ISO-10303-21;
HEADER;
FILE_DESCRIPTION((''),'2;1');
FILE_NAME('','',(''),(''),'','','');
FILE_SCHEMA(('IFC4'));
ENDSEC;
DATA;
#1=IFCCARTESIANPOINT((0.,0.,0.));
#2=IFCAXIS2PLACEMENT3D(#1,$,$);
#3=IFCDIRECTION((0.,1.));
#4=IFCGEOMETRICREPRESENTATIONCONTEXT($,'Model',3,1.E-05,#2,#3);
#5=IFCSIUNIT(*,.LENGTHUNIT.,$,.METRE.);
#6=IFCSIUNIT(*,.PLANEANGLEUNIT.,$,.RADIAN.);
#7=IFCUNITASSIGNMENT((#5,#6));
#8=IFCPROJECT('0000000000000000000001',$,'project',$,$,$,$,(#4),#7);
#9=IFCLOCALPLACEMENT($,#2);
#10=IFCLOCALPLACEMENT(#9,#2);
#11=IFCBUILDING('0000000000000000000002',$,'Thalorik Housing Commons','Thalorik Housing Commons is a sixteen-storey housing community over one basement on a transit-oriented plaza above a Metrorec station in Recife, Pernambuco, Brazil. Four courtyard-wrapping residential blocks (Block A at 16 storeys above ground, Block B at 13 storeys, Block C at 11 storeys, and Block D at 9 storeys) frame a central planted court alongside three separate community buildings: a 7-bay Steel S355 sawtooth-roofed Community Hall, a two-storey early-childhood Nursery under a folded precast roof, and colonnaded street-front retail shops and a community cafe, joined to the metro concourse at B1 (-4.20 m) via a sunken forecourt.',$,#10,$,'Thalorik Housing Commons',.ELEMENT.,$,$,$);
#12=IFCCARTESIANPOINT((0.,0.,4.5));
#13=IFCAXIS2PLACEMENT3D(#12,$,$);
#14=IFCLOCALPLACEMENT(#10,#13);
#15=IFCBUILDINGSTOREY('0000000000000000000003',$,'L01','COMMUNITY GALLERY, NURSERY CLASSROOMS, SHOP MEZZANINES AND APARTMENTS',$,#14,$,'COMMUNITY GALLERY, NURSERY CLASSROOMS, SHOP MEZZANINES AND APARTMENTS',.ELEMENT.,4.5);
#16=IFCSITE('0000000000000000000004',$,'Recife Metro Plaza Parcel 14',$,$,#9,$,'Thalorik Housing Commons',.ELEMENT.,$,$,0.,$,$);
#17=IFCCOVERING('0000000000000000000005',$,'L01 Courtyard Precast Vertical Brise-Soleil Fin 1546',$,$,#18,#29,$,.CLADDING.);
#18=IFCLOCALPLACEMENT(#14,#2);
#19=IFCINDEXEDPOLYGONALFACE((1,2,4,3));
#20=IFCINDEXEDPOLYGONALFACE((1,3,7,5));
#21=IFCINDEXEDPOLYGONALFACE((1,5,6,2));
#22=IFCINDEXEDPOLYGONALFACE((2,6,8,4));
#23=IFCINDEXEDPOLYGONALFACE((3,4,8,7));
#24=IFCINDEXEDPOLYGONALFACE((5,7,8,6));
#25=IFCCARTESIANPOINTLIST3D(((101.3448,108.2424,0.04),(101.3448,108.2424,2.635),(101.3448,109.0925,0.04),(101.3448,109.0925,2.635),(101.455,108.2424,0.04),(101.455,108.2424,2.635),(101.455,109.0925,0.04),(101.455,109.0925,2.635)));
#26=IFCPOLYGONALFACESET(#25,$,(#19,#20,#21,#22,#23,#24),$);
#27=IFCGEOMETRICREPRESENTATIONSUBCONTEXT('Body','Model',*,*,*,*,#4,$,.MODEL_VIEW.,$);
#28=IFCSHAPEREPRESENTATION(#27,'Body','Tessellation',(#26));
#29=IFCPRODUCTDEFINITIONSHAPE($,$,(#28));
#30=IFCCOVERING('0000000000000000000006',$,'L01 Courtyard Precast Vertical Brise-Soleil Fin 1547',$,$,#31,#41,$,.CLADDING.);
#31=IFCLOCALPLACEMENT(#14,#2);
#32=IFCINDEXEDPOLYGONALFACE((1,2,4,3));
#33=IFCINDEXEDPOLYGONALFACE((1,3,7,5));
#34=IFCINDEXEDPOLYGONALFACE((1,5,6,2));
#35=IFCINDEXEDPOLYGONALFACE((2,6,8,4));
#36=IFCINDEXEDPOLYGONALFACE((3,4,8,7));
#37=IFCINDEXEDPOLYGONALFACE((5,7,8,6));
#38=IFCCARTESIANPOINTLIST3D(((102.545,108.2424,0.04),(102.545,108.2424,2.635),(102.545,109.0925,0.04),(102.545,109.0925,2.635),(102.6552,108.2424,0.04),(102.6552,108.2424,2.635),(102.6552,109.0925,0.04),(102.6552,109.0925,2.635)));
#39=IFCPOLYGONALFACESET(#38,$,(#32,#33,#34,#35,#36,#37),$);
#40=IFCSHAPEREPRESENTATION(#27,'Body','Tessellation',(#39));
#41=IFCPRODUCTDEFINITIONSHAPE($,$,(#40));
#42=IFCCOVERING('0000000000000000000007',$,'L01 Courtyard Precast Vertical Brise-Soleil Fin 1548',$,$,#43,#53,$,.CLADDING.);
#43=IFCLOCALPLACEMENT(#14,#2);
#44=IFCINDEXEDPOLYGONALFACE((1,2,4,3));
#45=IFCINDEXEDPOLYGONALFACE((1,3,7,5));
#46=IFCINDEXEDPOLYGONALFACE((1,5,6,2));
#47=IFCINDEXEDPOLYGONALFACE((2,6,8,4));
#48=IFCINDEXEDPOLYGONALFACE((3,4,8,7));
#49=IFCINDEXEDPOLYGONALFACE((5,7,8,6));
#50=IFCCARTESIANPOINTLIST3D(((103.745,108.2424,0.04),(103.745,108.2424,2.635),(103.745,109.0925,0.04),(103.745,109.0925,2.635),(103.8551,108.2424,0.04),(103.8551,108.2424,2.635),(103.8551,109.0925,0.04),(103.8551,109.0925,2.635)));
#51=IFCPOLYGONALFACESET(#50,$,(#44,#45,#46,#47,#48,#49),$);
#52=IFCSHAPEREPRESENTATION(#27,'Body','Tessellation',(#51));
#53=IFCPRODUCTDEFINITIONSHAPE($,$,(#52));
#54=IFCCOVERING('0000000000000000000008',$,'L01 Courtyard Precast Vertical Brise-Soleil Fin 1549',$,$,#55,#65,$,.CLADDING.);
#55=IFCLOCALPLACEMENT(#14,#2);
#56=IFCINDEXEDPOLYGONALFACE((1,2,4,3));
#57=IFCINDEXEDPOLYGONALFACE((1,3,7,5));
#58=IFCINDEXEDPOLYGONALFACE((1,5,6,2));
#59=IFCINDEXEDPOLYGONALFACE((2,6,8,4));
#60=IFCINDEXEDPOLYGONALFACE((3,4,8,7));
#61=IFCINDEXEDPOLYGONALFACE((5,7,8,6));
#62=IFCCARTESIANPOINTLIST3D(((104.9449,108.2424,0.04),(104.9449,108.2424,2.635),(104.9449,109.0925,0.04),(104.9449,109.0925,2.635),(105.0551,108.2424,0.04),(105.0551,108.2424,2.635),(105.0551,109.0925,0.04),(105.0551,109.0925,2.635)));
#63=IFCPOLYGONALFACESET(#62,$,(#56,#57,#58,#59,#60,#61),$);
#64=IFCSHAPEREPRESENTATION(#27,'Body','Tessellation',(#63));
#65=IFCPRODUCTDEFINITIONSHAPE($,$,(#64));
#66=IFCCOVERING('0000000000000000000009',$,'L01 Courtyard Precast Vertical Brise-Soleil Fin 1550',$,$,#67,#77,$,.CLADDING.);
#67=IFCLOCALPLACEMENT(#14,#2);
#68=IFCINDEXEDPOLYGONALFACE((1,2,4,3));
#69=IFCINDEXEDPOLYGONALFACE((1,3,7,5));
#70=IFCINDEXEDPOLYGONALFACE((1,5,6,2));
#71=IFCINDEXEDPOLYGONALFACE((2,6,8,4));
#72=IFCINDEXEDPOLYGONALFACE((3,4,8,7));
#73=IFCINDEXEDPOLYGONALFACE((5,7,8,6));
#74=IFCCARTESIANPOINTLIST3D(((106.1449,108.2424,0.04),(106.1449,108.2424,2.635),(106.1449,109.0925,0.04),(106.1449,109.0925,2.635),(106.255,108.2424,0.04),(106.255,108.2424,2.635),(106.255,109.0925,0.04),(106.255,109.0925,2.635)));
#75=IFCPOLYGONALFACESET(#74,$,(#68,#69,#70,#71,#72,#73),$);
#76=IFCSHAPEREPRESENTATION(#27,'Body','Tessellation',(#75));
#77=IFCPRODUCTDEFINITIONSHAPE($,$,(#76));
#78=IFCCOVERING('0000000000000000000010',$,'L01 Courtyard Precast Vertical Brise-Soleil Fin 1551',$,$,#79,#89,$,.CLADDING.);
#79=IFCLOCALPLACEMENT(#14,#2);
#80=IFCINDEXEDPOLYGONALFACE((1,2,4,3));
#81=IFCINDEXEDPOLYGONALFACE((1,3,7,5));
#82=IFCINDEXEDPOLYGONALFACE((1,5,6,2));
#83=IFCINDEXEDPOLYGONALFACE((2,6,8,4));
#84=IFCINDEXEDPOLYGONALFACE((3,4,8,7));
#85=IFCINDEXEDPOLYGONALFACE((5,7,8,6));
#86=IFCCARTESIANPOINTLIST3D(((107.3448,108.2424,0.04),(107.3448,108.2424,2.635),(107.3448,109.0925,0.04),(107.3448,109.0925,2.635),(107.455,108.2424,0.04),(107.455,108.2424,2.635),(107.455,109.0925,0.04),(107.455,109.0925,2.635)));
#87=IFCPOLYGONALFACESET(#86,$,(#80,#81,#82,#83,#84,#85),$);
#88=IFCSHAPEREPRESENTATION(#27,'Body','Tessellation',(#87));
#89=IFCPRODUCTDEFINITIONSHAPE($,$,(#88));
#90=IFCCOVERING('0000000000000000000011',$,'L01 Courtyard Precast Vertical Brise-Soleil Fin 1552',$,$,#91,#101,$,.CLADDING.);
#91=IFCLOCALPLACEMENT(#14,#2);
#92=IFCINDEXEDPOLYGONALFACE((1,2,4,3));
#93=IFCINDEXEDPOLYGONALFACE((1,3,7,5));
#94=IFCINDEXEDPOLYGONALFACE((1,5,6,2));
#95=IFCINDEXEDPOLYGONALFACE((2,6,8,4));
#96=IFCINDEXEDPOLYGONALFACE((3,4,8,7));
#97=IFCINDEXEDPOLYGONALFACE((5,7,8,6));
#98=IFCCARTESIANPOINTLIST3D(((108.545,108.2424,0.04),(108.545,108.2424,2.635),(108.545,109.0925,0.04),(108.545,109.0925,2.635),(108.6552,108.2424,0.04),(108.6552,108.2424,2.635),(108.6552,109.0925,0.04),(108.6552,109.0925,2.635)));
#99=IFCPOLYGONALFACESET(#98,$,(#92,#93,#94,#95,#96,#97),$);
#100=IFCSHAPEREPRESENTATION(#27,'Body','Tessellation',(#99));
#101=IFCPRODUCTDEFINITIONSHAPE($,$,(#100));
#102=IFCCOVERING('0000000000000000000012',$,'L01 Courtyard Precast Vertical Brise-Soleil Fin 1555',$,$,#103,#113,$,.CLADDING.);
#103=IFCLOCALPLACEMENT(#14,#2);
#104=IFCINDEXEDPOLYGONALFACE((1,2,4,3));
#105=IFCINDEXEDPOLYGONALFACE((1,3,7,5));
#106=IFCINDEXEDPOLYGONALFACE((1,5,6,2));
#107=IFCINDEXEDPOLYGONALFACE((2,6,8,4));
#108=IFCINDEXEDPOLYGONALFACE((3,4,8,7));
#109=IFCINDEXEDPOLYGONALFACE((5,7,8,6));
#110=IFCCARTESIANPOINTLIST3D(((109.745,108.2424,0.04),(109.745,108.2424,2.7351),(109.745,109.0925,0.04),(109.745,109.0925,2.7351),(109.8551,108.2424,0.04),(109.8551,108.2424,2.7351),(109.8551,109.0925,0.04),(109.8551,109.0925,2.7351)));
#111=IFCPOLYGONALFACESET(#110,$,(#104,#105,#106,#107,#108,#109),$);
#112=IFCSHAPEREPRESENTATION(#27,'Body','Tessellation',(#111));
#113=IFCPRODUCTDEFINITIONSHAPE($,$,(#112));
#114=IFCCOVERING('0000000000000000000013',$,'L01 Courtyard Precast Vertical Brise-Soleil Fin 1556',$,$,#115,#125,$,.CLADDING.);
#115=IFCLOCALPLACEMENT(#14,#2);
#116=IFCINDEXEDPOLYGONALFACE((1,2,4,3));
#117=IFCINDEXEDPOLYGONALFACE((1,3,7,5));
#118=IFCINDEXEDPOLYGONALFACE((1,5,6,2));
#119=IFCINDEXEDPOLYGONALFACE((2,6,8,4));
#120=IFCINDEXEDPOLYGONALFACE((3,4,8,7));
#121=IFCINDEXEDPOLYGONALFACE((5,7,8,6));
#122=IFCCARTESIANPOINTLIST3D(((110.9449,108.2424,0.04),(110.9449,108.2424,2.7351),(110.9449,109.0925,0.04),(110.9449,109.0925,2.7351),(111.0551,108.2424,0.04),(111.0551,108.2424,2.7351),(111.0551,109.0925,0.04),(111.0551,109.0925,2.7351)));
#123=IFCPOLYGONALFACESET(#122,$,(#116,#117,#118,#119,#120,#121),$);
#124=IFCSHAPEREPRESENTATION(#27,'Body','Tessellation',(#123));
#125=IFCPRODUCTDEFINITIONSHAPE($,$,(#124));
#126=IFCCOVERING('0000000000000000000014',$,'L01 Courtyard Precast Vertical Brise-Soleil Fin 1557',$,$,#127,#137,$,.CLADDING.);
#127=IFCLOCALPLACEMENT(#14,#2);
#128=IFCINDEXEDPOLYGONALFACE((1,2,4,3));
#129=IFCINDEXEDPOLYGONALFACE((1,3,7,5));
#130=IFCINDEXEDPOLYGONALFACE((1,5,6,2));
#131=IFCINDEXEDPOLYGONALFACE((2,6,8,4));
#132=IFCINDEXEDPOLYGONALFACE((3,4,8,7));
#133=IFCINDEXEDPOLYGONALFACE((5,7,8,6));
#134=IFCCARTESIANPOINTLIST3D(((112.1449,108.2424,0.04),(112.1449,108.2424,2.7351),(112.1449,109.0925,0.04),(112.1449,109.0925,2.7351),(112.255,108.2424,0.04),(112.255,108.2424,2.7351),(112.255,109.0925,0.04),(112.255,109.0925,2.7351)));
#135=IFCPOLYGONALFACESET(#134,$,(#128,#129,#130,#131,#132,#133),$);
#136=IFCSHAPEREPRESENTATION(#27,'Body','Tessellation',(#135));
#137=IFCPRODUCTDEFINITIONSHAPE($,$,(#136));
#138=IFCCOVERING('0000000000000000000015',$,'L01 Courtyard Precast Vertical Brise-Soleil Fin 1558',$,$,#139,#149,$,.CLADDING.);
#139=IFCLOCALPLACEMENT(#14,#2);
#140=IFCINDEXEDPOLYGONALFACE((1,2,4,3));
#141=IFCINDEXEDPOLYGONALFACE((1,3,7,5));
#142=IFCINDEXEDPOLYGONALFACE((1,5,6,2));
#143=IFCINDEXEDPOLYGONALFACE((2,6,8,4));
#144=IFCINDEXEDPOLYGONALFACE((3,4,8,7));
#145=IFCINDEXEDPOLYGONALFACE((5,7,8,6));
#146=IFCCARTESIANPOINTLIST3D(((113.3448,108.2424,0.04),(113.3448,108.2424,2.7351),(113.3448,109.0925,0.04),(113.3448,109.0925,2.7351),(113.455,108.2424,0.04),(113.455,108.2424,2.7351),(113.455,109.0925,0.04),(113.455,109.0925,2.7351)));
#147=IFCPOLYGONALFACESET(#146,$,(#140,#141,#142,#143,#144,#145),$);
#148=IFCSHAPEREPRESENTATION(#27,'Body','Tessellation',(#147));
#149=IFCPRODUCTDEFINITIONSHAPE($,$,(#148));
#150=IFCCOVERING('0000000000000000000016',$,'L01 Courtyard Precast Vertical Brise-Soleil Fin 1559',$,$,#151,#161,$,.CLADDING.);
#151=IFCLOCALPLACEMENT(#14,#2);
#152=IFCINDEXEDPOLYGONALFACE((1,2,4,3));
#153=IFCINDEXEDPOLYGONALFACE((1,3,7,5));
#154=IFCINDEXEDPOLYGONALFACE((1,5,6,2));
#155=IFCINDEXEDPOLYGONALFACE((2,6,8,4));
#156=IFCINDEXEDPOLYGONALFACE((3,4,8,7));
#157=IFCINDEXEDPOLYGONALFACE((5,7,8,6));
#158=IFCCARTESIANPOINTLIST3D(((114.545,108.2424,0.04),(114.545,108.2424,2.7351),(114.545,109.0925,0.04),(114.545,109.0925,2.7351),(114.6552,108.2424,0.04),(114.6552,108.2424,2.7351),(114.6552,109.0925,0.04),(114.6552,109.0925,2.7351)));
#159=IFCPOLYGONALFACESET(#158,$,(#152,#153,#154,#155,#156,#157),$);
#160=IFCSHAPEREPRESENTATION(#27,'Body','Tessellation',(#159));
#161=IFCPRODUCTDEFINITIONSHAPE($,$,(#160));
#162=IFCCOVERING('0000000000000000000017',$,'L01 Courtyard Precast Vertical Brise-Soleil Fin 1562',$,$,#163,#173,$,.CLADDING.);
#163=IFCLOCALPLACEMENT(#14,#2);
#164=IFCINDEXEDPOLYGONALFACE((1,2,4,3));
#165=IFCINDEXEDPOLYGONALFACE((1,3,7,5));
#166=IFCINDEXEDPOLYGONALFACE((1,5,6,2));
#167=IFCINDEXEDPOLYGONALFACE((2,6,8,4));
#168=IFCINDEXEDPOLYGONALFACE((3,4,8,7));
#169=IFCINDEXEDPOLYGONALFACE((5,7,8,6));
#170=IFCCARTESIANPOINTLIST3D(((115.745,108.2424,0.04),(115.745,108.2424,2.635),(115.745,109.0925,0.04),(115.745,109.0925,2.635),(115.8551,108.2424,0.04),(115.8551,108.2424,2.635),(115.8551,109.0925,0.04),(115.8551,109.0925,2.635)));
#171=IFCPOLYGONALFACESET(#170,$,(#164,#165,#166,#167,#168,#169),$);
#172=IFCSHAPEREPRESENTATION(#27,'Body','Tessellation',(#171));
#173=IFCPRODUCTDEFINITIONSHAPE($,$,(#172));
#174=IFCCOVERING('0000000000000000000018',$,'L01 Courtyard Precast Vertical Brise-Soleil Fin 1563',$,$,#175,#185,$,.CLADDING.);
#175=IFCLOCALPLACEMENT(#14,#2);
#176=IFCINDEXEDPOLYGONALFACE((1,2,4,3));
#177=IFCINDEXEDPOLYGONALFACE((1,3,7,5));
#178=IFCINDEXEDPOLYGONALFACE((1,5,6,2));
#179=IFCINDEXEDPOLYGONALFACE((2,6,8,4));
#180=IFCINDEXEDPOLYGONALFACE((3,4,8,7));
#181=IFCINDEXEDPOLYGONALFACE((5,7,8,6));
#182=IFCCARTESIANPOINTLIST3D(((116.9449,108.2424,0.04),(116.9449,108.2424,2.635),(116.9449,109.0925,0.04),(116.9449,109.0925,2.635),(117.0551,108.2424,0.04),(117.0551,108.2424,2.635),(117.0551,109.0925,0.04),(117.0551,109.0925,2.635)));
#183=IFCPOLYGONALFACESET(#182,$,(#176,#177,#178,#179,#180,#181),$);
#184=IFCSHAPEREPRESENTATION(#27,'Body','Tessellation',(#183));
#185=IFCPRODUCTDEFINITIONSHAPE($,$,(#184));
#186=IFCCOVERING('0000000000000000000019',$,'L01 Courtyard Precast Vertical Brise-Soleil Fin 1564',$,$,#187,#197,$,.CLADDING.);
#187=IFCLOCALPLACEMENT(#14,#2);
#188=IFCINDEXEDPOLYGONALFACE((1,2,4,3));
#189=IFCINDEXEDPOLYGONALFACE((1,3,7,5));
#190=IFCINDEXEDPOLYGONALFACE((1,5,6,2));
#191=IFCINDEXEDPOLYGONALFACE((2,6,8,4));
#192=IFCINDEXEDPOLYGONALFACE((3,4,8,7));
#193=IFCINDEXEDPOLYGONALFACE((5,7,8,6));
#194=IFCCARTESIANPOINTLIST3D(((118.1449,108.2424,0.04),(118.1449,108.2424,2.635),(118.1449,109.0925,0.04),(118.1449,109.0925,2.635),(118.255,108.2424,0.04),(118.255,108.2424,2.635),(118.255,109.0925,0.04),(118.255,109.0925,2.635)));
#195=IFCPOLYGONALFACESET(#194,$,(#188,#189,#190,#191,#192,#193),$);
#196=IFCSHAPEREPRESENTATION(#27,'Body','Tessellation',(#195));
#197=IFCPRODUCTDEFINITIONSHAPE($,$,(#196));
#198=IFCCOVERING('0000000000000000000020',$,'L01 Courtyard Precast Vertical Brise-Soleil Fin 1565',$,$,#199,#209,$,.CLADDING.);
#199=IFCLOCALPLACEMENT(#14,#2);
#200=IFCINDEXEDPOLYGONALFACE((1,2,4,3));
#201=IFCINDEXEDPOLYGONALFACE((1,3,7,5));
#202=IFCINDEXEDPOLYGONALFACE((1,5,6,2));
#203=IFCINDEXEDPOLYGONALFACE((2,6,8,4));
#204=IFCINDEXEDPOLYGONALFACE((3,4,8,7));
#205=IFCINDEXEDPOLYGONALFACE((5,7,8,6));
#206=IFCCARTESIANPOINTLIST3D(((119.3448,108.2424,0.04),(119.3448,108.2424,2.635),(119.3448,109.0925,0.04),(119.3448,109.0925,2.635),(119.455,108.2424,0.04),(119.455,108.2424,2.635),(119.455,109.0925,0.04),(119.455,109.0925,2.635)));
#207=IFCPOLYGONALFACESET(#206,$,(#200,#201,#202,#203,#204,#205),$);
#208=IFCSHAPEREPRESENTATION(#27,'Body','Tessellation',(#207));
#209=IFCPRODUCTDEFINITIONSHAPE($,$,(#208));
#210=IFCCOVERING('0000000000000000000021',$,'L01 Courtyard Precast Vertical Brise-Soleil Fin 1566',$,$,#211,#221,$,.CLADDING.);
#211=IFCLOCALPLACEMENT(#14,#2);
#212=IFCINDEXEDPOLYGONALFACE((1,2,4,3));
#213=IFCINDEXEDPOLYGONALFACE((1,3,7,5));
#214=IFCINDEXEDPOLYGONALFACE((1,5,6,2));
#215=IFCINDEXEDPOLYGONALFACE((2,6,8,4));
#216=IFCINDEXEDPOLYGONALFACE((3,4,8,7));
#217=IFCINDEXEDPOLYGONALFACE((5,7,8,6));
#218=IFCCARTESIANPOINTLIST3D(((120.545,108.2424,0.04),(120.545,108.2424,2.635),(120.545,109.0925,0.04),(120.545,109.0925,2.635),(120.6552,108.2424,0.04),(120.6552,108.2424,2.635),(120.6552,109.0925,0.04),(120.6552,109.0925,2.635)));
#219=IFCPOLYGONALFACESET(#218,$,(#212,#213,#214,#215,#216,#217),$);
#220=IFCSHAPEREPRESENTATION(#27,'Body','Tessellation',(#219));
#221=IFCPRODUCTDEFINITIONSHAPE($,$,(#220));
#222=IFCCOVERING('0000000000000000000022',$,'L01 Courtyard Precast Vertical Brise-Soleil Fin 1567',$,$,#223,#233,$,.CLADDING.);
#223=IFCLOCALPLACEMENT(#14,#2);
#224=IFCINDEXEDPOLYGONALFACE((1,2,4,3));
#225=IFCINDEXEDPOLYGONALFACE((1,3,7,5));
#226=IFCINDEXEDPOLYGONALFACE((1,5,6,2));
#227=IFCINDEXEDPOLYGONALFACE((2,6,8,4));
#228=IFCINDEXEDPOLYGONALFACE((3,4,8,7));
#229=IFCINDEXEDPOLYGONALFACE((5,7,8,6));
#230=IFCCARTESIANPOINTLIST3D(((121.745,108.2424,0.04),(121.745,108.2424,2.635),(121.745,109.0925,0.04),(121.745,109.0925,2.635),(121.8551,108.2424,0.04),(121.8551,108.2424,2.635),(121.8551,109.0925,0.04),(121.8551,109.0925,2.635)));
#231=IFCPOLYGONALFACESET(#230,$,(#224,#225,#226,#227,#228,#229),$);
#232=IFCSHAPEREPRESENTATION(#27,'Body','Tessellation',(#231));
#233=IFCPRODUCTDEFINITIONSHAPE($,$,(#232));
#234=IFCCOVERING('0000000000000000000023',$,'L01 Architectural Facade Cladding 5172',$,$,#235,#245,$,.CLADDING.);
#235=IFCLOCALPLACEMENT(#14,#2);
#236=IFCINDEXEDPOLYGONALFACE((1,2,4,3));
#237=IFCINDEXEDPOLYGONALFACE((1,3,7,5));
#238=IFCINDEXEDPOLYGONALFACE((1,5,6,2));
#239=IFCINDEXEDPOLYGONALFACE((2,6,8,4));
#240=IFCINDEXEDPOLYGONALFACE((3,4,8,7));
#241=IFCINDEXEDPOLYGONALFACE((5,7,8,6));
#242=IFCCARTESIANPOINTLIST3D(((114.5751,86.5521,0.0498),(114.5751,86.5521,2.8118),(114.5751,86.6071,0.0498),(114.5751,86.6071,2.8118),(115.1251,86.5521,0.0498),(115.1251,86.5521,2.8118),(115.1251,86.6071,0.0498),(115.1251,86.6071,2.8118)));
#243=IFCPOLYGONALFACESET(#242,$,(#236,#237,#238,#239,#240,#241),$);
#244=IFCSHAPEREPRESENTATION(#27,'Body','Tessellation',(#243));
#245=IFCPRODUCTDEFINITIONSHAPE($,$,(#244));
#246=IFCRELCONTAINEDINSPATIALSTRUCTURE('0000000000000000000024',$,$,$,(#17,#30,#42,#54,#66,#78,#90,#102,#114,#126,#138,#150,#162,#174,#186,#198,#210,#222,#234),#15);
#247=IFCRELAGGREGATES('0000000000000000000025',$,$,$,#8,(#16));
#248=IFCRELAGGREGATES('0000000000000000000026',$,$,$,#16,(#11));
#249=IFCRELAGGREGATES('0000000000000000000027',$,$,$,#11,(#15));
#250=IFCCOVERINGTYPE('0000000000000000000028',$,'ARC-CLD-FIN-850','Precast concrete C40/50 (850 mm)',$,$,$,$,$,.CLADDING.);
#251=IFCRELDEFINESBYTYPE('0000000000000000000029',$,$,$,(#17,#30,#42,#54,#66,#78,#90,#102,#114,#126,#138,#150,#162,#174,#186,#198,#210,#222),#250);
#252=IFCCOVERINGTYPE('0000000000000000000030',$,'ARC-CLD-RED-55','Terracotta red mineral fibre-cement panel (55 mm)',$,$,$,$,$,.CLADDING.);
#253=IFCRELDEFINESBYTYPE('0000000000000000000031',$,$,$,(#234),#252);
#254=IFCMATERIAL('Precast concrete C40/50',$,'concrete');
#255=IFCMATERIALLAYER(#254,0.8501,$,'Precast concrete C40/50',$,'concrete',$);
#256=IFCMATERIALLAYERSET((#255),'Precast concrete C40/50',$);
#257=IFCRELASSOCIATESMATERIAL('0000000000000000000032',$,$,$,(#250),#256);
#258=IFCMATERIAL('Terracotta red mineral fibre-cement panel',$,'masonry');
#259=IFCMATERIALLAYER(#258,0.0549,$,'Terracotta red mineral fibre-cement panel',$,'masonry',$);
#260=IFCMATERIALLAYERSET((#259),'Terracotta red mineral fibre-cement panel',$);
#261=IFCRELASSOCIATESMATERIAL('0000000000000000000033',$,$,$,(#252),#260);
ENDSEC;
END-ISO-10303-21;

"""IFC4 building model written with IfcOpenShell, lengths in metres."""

from ifc_helpers import new_model, si_unit, direction, frame, origin, origin_2d, place, context, subcontext, project, spatial, rectangle, extrude, material, layer, layer_set, type_object, element, save


model = new_model("IFC4")

# Units and contexts
model_context = context("Model", 3, precision=1e-05, world=origin(), true_north=direction((0.0, 1.0)))
body_context = subcontext(model_context, "Body", "Model", "MODEL_VIEW")
ifc_project = project(units=[si_unit("LENGTHUNIT", "METRE"), si_unit("PLANEANGLEUNIT", "RADIAN")], contexts=[model_context])

# Site, building, storey
site_placement = place(None, origin())
site = spatial("IfcSite", under=ifc_project, at=site_placement, Name="Recife Metro Plaza Parcel 14", LongName="Thalorik Housing Commons", CompositionType="ELEMENT", RefElevation=0.0)
building_placement = place(site_placement, origin())
building = spatial("IfcBuilding", under=site, at=building_placement, Name="Thalorik Housing Commons", Description="Thalorik Housing Commons is a sixteen-storey housing community over one basement on a transit-oriented plaza above a Metrorec station in Recife, Pernambuco, Brazil. Four courtyard-wrapping residential blocks (Block A at 16 storeys above ground, Block B at 13 storeys, Block C at 11 storeys, and Block D at 9 storeys) frame a central planted court alongside three separate community buildings: a 7-bay Steel S355 sawtooth-roofed Community Hall, a two-storey early-childhood Nursery under a folded precast roof, and colonnaded street-front retail shops and a community cafe, joined to the metro concourse at B1 (-4.20 m) via a sunken forecourt.", LongName="Thalorik Housing Commons", CompositionType="ELEMENT")
storey_placement = place(building_placement, frame((0.0, 0.0, 4.5)))
storey = spatial("IfcBuildingStorey", under=building, at=storey_placement, Name="L01", Description="COMMUNITY GALLERY, NURSERY CLASSROOMS, SHOP MEZZANINES AND APARTMENTS", LongName="COMMUNITY GALLERY, NURSERY CLASSROOMS, SHOP MEZZANINES AND APARTMENTS", CompositionType="ELEMENT", Elevation=4.5)

# Coverings
ifc_material_1 = material(Name="Precast concrete C40/50", Category="concrete")
ifc_layer_1 = layer(ifc_material_1, 0.8501, Name="Precast concrete C40/50", Category="concrete")
ifc_layer_set_1 = layer_set([ifc_layer_1], Name="Precast concrete C40/50")
covering_type_1 = type_object("IfcCoveringType", Name="ARC-CLD-FIN-850", Description="Precast concrete C40/50 (850 mm)", PredefinedType="CLADDING", material=ifc_layer_set_1)
for number, where, z_axis, x_axis, name in (
    (1, (101.3999, 108.6675, 0.04), (0.0, 0.0, 1.0), (1.0, 0.0, 0.0), "L01 Courtyard Precast Vertical Brise-Soleil Fin 1546"),
    (2, (102.6001, 108.6675, 0.04), (0.0, 0.0, 1.0), (1.0, 0.0, 0.0), "L01 Courtyard Precast Vertical Brise-Soleil Fin 1547"),
    (3, (103.8, 108.6675, 0.04), (0.0, 0.0, 1.0), (1.0, 0.0, 0.0), "L01 Courtyard Precast Vertical Brise-Soleil Fin 1548"),
    (4, (105.0, 108.6675, 0.04), (0.0, 0.0, 1.0), (1.0, 0.0, 0.0), "L01 Courtyard Precast Vertical Brise-Soleil Fin 1549"),
    (5, (106.2, 108.6675, 0.04), (0.0, 0.0, 1.0), (1.0, 0.0, 0.0), "L01 Courtyard Precast Vertical Brise-Soleil Fin 1550"),
    (6, (107.3999, 108.6675, 0.04), (0.0, 0.0, 1.0), (1.0, 0.0, 0.0), "L01 Courtyard Precast Vertical Brise-Soleil Fin 1551"),
    (7, (108.6001, 108.6675, 0.04), (0.0, 0.0, 1.0), (1.0, 0.0, 0.0), "L01 Courtyard Precast Vertical Brise-Soleil Fin 1552"),
):
    element("IfcCovering", number, at=place(storey_placement, frame(where, z_axis=z_axis, x_axis=x_axis)), inside=storey, type_object=covering_type_1, Name=name, PredefinedType="CLADDING", context=body_context, shape_type="SweptSolid", body=[
        extrude(rectangle(XDim=0.1101, YDim=0.8501, at=origin_2d()), origin(), (0.0, 0.0, 1.0), 2.595),
    ])
for number, where, z_axis, x_axis, name in (
    (8, (109.8, 108.6675, 0.04), (0.0, 0.0, 1.0), (1.0, 0.0, 0.0), "L01 Courtyard Precast Vertical Brise-Soleil Fin 1555"),
    (9, (111.0, 108.6675, 0.04), (0.0, 0.0, 1.0), (1.0, 0.0, 0.0), "L01 Courtyard Precast Vertical Brise-Soleil Fin 1556"),
    (10, (112.2, 108.6675, 0.04), (0.0, 0.0, 1.0), (1.0, 0.0, 0.0), "L01 Courtyard Precast Vertical Brise-Soleil Fin 1557"),
    (11, (113.3999, 108.6675, 0.04), (0.0, 0.0, 1.0), (1.0, 0.0, 0.0), "L01 Courtyard Precast Vertical Brise-Soleil Fin 1558"),
    (12, (114.6001, 108.6675, 0.04), (0.0, 0.0, 1.0), (1.0, 0.0, 0.0), "L01 Courtyard Precast Vertical Brise-Soleil Fin 1559"),
):
    element("IfcCovering", number, at=place(storey_placement, frame(where, z_axis=z_axis, x_axis=x_axis)), inside=storey, type_object=covering_type_1, Name=name, PredefinedType="CLADDING", context=body_context, shape_type="SweptSolid", body=[
        extrude(rectangle(XDim=0.1101, YDim=0.8501, at=origin_2d()), origin(), (0.0, 0.0, 1.0), 2.6951),
    ])
for number, where, z_axis, x_axis, name in (
    (13, (115.8, 108.6675, 0.04), (0.0, 0.0, 1.0), (1.0, 0.0, 0.0), "L01 Courtyard Precast Vertical Brise-Soleil Fin 1562"),
    (14, (117.0, 108.6675, 0.04), (0.0, 0.0, 1.0), (1.0, 0.0, 0.0), "L01 Courtyard Precast Vertical Brise-Soleil Fin 1563"),
    (15, (118.2, 108.6675, 0.04), (0.0, 0.0, 1.0), (1.0, 0.0, 0.0), "L01 Courtyard Precast Vertical Brise-Soleil Fin 1564"),
    (16, (119.3999, 108.6675, 0.04), (0.0, 0.0, 1.0), (1.0, 0.0, 0.0), "L01 Courtyard Precast Vertical Brise-Soleil Fin 1565"),
    (17, (120.6001, 108.6675, 0.04), (0.0, 0.0, 1.0), (1.0, 0.0, 0.0), "L01 Courtyard Precast Vertical Brise-Soleil Fin 1566"),
    (18, (121.8, 108.6675, 0.04), (0.0, 0.0, 1.0), (1.0, 0.0, 0.0), "L01 Courtyard Precast Vertical Brise-Soleil Fin 1567"),
):
    element("IfcCovering", number, at=place(storey_placement, frame(where, z_axis=z_axis, x_axis=x_axis)), inside=storey, type_object=covering_type_1, Name=name, PredefinedType="CLADDING", context=body_context, shape_type="SweptSolid", body=[
        extrude(rectangle(XDim=0.1101, YDim=0.8501, at=origin_2d()), origin(), (0.0, 0.0, 1.0), 2.595),
    ])
ifc_material_2 = material(Name="Terracotta red mineral fibre-cement panel", Category="masonry")
ifc_layer_2 = layer(ifc_material_2, 0.0549, Name="Terracotta red mineral fibre-cement panel", Category="masonry")
ifc_layer_set_2 = layer_set([ifc_layer_2], Name="Terracotta red mineral fibre-cement panel")
covering_type_2 = type_object("IfcCoveringType", Name="ARC-CLD-RED-55", Description="Terracotta red mineral fibre-cement panel (55 mm)", PredefinedType="CLADDING", material=ifc_layer_set_2)
covering_placement = place(storey_placement, frame((114.8501, 86.5796, 0.0498), z_axis=(0.0, 0.0, 1.0), x_axis=(-1.0, 0.0, 0.0)))
element("IfcCovering", 19, at=covering_placement, inside=storey, type_object=covering_type_2, Name="L01 Architectural Facade Cladding 5172", PredefinedType="CLADDING", context=body_context, shape_type="SweptSolid", body=[
    extrude(rectangle(XDim=0.55, YDim=0.0549, at=origin_2d()), origin(), (0.0, 0.0, 1.0), 2.762),
])

save(model, "model.ifc")
